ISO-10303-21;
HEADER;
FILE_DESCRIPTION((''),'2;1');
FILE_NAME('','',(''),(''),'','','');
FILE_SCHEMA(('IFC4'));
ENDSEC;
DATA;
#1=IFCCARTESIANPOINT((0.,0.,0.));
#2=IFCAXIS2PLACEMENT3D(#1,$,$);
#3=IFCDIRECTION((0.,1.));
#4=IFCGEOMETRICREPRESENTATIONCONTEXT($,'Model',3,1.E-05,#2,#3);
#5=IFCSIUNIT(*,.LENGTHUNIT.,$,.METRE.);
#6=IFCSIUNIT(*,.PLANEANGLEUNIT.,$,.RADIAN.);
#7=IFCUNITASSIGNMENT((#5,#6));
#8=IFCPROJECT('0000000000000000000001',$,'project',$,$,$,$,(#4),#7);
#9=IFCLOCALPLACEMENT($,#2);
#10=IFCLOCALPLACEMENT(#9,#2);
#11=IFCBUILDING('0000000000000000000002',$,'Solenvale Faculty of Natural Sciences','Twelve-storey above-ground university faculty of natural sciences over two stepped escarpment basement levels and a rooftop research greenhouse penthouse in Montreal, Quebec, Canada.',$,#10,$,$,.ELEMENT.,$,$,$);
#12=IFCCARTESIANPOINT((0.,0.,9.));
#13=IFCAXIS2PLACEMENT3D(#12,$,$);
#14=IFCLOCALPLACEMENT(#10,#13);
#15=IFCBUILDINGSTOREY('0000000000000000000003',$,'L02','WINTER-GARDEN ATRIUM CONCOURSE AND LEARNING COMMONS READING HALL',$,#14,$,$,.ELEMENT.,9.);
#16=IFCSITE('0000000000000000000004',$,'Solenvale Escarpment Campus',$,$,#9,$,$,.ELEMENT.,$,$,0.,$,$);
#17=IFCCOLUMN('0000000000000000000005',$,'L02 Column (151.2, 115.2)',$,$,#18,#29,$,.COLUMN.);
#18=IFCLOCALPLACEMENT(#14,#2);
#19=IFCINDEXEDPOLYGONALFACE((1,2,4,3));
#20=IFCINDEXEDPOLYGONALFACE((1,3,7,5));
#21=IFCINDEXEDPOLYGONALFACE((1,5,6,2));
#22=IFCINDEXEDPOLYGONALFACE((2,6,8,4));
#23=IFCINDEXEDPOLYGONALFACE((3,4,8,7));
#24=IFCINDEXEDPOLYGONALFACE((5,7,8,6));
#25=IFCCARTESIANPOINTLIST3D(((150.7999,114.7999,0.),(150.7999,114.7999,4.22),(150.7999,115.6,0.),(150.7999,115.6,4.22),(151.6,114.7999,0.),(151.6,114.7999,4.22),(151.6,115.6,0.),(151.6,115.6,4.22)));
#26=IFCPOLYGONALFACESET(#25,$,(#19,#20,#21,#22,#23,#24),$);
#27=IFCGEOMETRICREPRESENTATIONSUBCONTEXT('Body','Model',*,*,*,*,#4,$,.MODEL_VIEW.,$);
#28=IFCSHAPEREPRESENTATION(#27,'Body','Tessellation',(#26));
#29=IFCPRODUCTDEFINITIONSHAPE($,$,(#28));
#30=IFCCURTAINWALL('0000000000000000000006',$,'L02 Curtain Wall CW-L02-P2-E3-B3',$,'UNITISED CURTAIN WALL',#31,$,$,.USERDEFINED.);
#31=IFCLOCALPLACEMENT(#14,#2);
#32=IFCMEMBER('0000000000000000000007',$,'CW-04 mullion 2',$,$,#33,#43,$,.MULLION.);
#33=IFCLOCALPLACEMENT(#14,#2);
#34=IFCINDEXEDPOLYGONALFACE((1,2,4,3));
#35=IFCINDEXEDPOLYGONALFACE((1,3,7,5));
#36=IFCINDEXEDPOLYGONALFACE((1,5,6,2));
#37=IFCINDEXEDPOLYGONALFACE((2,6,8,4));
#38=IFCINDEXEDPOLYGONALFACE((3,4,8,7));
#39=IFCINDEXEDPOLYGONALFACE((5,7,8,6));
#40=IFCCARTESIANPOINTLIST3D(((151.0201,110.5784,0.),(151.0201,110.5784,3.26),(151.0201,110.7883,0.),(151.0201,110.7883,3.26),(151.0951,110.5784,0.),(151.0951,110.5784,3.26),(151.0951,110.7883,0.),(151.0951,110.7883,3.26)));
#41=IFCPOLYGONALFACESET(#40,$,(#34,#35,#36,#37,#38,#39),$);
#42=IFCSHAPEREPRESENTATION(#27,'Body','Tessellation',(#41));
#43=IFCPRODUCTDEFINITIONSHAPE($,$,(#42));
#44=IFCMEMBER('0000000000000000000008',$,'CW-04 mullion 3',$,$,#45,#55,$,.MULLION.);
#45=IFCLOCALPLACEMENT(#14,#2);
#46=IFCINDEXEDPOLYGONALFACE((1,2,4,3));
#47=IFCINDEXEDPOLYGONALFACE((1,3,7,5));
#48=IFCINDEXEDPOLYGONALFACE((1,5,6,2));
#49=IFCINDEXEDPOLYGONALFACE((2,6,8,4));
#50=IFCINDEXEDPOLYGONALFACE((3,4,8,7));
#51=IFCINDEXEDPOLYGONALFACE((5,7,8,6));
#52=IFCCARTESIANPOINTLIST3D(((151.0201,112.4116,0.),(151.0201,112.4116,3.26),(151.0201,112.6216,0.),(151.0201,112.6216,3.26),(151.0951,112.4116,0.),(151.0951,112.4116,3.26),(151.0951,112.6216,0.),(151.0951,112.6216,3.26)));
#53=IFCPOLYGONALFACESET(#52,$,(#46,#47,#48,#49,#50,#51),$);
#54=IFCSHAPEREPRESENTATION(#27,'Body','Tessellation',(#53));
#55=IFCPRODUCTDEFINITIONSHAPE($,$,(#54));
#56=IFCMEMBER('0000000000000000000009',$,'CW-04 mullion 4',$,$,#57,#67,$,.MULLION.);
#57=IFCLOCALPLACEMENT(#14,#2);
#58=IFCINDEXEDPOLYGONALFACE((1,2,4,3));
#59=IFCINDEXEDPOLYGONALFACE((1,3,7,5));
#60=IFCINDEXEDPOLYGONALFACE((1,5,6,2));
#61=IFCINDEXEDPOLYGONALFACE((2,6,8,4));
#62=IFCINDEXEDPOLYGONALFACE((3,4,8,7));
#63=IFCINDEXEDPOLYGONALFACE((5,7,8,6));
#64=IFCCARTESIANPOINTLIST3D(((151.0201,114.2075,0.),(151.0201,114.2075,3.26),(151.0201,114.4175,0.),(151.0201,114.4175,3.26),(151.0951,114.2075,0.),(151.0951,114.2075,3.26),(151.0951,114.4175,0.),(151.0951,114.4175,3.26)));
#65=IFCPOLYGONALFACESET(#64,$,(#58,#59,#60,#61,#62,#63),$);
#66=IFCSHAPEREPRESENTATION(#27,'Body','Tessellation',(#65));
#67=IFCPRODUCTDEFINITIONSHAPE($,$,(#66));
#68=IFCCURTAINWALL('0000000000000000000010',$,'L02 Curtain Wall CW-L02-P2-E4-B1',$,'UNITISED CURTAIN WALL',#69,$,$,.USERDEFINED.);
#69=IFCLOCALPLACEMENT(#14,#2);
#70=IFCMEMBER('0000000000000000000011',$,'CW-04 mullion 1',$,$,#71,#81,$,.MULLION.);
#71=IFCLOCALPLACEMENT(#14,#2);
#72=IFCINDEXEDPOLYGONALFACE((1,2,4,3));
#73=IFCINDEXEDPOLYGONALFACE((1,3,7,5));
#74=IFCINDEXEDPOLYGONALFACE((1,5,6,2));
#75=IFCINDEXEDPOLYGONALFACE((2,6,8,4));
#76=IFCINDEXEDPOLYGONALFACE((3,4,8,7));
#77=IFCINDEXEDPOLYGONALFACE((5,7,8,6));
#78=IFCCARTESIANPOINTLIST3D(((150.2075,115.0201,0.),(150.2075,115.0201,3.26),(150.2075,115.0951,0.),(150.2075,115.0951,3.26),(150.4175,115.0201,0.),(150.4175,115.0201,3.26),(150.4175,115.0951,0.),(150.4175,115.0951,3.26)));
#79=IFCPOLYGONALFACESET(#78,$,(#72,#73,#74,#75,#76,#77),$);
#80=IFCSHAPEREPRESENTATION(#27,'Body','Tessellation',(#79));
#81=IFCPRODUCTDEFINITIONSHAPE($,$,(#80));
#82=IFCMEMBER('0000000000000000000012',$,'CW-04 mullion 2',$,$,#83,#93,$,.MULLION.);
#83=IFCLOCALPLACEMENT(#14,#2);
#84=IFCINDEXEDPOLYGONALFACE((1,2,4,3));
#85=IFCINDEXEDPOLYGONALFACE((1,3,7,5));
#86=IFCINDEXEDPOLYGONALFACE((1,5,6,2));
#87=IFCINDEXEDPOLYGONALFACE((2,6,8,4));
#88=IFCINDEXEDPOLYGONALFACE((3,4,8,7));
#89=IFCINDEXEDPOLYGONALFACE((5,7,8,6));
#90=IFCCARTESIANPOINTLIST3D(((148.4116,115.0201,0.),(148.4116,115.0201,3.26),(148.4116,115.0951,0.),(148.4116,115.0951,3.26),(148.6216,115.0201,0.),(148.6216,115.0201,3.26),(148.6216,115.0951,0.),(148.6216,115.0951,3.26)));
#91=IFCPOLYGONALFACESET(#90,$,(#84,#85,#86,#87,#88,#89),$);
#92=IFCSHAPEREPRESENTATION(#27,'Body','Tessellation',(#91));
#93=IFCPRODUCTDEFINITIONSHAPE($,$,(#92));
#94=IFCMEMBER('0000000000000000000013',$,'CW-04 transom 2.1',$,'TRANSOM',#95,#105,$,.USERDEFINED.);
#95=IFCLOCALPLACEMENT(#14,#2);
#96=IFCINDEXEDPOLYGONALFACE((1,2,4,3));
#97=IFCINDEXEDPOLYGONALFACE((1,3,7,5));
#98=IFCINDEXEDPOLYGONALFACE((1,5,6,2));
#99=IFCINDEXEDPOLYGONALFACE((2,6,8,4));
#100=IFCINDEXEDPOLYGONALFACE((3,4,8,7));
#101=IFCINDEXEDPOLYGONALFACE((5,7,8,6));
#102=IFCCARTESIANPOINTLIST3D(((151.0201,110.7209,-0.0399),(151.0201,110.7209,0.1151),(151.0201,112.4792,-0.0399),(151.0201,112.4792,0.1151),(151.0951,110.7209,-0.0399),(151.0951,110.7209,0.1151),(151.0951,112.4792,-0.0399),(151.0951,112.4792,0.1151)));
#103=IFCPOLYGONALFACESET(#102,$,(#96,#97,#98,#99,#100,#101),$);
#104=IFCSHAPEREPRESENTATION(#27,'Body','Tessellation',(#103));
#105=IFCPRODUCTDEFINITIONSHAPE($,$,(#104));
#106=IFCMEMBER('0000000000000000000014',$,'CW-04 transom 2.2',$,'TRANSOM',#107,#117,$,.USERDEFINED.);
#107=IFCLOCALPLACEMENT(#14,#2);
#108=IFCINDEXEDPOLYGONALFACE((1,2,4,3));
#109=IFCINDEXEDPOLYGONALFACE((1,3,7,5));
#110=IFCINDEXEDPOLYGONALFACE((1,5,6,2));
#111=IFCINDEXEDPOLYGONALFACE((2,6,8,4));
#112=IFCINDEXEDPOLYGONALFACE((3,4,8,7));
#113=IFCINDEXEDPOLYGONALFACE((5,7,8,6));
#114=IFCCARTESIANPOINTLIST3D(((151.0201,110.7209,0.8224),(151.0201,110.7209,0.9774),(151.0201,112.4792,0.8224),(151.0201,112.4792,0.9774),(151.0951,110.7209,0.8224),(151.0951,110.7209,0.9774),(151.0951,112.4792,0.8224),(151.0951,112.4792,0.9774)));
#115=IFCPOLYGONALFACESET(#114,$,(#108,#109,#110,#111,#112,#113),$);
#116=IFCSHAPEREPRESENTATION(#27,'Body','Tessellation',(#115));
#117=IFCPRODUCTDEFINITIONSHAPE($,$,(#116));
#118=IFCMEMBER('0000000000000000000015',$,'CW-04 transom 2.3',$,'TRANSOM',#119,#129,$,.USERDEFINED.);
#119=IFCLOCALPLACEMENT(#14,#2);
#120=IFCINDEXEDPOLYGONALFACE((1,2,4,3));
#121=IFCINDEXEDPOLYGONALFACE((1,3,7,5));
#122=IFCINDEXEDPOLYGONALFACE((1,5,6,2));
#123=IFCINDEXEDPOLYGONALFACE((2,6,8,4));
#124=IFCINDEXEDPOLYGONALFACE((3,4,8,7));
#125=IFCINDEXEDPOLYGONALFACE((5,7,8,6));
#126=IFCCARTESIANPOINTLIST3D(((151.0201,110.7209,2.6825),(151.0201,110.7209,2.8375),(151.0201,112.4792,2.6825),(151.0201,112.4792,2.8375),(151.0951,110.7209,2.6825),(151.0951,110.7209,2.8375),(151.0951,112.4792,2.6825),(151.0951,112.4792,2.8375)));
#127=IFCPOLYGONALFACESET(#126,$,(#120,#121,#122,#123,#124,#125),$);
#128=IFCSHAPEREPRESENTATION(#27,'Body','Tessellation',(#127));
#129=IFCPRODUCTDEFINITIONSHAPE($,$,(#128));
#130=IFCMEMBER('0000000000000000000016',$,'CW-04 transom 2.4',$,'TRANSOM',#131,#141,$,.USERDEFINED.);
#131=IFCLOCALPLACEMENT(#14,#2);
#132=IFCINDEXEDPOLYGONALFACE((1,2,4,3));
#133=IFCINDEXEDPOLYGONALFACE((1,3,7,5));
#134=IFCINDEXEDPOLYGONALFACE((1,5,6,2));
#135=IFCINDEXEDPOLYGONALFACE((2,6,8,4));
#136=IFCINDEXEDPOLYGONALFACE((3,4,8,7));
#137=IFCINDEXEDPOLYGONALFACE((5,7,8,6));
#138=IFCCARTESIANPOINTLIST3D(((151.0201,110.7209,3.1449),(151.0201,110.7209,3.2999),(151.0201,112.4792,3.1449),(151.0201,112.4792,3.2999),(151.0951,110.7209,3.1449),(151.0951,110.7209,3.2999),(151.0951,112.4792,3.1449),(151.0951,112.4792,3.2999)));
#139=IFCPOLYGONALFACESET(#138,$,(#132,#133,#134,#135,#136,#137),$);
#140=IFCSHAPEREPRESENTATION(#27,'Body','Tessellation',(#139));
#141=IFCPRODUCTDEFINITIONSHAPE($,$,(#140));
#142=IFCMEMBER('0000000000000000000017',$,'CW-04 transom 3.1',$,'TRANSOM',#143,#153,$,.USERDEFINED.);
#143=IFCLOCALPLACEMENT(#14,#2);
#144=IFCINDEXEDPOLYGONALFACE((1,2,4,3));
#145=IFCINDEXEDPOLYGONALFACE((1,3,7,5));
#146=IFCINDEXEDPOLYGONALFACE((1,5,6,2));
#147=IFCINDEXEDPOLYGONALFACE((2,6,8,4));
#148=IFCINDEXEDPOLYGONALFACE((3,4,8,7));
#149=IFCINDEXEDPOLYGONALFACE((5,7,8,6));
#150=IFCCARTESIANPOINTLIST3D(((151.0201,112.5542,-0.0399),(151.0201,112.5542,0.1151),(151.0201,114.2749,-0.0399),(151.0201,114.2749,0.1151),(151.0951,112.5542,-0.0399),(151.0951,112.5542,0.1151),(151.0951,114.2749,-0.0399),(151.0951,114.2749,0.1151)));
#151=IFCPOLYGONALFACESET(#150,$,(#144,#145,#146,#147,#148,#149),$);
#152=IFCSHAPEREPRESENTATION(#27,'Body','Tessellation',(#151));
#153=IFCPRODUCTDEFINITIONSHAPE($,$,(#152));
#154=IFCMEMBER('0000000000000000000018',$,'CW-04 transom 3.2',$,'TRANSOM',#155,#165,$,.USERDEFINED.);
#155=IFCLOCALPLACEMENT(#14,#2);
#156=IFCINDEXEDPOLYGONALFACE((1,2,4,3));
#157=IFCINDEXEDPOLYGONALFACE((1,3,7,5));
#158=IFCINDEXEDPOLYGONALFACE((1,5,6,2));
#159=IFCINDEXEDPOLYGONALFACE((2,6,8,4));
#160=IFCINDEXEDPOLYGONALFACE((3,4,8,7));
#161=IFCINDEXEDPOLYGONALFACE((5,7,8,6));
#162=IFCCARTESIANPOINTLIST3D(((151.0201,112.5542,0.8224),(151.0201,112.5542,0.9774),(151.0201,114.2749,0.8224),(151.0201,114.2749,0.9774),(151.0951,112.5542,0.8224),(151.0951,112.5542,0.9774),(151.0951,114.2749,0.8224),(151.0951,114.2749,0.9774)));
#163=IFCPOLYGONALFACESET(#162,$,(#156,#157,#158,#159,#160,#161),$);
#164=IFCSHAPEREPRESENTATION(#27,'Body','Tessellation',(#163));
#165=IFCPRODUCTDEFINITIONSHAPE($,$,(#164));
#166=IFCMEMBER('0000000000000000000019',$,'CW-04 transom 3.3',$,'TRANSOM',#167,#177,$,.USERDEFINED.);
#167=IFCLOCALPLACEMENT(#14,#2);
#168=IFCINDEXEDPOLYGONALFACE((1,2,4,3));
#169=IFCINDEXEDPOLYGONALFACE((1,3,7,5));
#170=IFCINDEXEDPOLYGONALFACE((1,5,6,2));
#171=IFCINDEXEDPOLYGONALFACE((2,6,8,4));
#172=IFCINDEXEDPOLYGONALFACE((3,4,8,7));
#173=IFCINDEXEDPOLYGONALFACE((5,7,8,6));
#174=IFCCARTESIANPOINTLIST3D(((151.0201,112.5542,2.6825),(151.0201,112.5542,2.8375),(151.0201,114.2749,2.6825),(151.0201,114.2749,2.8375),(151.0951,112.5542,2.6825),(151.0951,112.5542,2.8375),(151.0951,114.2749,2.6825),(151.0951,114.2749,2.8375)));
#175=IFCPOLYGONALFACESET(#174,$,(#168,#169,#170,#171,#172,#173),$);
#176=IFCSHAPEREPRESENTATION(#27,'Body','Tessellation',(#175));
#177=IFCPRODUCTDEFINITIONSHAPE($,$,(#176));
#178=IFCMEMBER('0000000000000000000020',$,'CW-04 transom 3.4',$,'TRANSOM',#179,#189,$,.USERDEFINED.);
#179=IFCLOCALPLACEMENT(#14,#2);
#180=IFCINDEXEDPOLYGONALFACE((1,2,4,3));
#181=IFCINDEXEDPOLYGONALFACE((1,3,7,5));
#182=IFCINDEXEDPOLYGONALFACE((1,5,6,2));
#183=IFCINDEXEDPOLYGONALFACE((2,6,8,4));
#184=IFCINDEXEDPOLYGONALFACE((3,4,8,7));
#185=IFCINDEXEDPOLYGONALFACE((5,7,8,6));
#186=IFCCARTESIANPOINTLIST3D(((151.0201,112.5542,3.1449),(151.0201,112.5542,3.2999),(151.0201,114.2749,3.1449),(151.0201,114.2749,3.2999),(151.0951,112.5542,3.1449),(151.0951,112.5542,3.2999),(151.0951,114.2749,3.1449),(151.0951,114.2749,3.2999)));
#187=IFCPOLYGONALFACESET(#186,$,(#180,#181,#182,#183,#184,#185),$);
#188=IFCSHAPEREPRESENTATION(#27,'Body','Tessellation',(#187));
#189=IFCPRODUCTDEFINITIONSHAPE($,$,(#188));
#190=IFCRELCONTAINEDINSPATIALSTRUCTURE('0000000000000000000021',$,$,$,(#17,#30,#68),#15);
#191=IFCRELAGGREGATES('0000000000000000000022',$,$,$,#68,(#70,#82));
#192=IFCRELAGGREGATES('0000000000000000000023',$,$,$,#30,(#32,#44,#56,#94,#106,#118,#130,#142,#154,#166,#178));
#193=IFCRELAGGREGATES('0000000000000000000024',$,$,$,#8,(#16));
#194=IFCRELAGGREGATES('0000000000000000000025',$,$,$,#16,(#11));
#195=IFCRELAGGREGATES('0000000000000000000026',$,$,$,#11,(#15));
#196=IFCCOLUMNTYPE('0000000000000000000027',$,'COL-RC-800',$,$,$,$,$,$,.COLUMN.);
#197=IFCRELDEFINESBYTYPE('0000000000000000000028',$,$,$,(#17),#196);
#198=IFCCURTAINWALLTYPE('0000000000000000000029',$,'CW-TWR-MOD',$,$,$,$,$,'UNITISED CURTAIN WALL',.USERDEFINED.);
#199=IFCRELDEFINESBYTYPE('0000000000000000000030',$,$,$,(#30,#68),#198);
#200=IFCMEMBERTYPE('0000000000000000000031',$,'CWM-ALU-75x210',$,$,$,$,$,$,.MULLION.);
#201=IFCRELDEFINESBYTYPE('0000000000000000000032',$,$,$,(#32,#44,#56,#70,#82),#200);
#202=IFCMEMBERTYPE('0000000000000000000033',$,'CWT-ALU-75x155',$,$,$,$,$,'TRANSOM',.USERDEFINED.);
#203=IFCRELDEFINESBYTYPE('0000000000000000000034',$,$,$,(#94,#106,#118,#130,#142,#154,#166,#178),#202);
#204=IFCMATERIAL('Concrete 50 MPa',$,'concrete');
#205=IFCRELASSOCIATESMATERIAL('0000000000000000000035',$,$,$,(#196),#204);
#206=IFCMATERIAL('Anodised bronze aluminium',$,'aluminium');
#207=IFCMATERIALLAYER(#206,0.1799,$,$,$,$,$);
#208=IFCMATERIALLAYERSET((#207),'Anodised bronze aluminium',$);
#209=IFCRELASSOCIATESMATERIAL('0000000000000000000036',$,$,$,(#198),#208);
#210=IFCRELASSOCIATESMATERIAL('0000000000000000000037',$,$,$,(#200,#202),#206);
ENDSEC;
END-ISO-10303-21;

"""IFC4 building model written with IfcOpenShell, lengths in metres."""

from ifc_helpers import new_model, si_unit, direction, frame, origin, origin_2d, place, context, subcontext, project, spatial, rectangle, extrude, material, layer, layer_set, material_profile, profile_set, type_object, element, aggregate, save


model = new_model("IFC4")

# Units and contexts
model_context = context("Model", 3, precision=1e-05, world=origin(), true_north=direction((0.0, 1.0)))
body_context = subcontext(model_context, "Body", "Model", "MODEL_VIEW")
ifc_project = project(units=[si_unit("LENGTHUNIT", "METRE"), si_unit("PLANEANGLEUNIT", "RADIAN")], contexts=[model_context])

# Site, building, storey
site_placement = place(None, origin())
site = spatial("IfcSite", under=ifc_project, at=site_placement, Name="Solenvale Escarpment Campus", CompositionType="ELEMENT", RefElevation=0.0)
building_placement = place(site_placement, origin())
building = spatial("IfcBuilding", under=site, at=building_placement, Name="Solenvale Faculty of Natural Sciences", Description="Twelve-storey above-ground university faculty of natural sciences over two stepped escarpment basement levels and a rooftop research greenhouse penthouse in Montreal, Quebec, Canada.", CompositionType="ELEMENT")
storey_placement = place(building_placement, frame((0.0, 0.0, 9.0)))
storey = spatial("IfcBuildingStorey", under=building, at=storey_placement, Name="L02", Description="WINTER-GARDEN ATRIUM CONCOURSE AND LEARNING COMMONS READING HALL", CompositionType="ELEMENT", Elevation=9.0)

# Column
ifc_material_1 = material(Name="Concrete 50 MPa", Category="concrete")
ifc_material_profile_1 = material_profile(ifc_material_1, rectangle(XDim=0.8, YDim=0.8, at=origin_2d()), Name="RC-COL-800x800")
ifc_profile_set_1 = profile_set([ifc_material_profile_1], Name="Concrete 50 MPa")
column_type = type_object("IfcColumnType", Name="COL-RC-800", PredefinedType="COLUMN", material=ifc_profile_set_1)
column_placement = place(storey_placement, frame((151.2, 115.2, 0.0), z_axis=(0.0, 0.0, 1.0), x_axis=(1.0, 0.0, 0.0)))
element("IfcColumn", 1, at=column_placement, inside=storey, type_object=column_type, Name="L02 Column (151.2, 115.2)", PredefinedType="COLUMN", context=body_context, shape_type="SweptSolid", body=[
    extrude(rectangle(XDim=0.8, YDim=0.8, at=origin_2d()), origin(), (0.0, 0.0, 1.0), 4.22),
])

# Curtain walls, members
ifc_material_2 = material(Name="Anodised bronze aluminium", Category="aluminium")
ifc_layer_1 = layer(ifc_material_2, 0.1799)
ifc_layer_set_1 = layer_set([ifc_layer_1], Name="Anodised bronze aluminium")
curtain_wall_type = type_object("IfcCurtainWallType", Name="CW-TWR-MOD", ElementType="UNITISED CURTAIN WALL", PredefinedType="USERDEFINED", material=ifc_layer_set_1)
curtain_wall_1_placement = place(storey_placement, origin())
curtain_wall_1 = element("IfcCurtainWall", 2, at=curtain_wall_1_placement, inside=storey, type_object=curtain_wall_type, Name="L02 Curtain Wall CW-L02-P2-E3-B3", ObjectType="UNITISED CURTAIN WALL", PredefinedType="USERDEFINED")
ifc_material_profile_2 = material_profile(ifc_material_2, rectangle(XDim=0.075, YDim=0.21, at=origin_2d()), Name="ALU-MUL-75x210")
ifc_profile_set_2 = profile_set([ifc_material_profile_2], Name="Anodised bronze aluminium")
member_type_1 = type_object("IfcMemberType", Name="CWM-ALU-75x210", PredefinedType="MULLION", material=ifc_profile_set_2)
member_1_placement = place(storey_placement, frame((151.0576, 110.6833, 0.0), z_axis=(0.0, 0.0, 1.0), x_axis=(-1.0, 0.0, 0.0)))
member_1 = element("IfcMember", 3, at=member_1_placement, type_object=member_type_1, Name="CW-04 mullion 2", PredefinedType="MULLION", context=body_context, shape_type="SweptSolid", body=[
    extrude(rectangle(XDim=0.075, YDim=0.21, at=origin_2d()), origin(), (0.0, 0.0, 1.0), 3.26),
])
member_2_placement = place(storey_placement, frame((151.0576, 112.5166, 0.0), z_axis=(0.0, 0.0, 1.0), x_axis=(-1.0, 0.0, 0.0)))
member_2 = element("IfcMember", 4, at=member_2_placement, type_object=member_type_1, Name="CW-04 mullion 3", PredefinedType="MULLION", context=body_context, shape_type="SweptSolid", body=[
    extrude(rectangle(XDim=0.075, YDim=0.21, at=origin_2d()), origin(), (0.0, 0.0, 1.0), 3.26),
])
member_3_placement = place(storey_placement, frame((151.0576, 114.3125, 0.0), z_axis=(0.0, 0.0, 1.0), x_axis=(-1.0, 0.0, 0.0)))
member_3 = element("IfcMember", 5, at=member_3_placement, type_object=member_type_1, Name="CW-04 mullion 4", PredefinedType="MULLION", context=body_context, shape_type="SweptSolid", body=[
    extrude(rectangle(XDim=0.075, YDim=0.21, at=origin_2d()), origin(), (0.0, 0.0, 1.0), 3.26),
])
curtain_wall_2_placement = place(storey_placement, origin())
curtain_wall_2 = element("IfcCurtainWall", 6, at=curtain_wall_2_placement, inside=storey, type_object=curtain_wall_type, Name="L02 Curtain Wall CW-L02-P2-E4-B1", ObjectType="UNITISED CURTAIN WALL", PredefinedType="USERDEFINED")
member_4_placement = place(storey_placement, frame((150.3125, 115.0576, 0.0), z_axis=(0.0, 0.0, 1.0), x_axis=(0.0, -1.0, 0.0)))
member_4 = element("IfcMember", 7, at=member_4_placement, type_object=member_type_1, Name="CW-04 mullion 1", PredefinedType="MULLION", context=body_context, shape_type="SweptSolid", body=[
    extrude(rectangle(XDim=0.075, YDim=0.21, at=origin_2d()), origin(), (0.0, 0.0, 1.0), 3.26),
])
member_5_placement = place(storey_placement, frame((148.5166, 115.0576, 0.0), z_axis=(0.0, 0.0, 1.0), x_axis=(0.0, -1.0, 0.0)))
member_5 = element("IfcMember", 8, at=member_5_placement, type_object=member_type_1, Name="CW-04 mullion 2", PredefinedType="MULLION", context=body_context, shape_type="SweptSolid", body=[
    extrude(rectangle(XDim=0.075, YDim=0.21, at=origin_2d()), origin(), (0.0, 0.0, 1.0), 3.26),
])

# Members
ifc_material_profile_3 = material_profile(ifc_material_2, rectangle(XDim=0.075, YDim=0.155, at=origin_2d()), Name="ALU-TRN-75x155")
ifc_profile_set_3 = profile_set([ifc_material_profile_3], Name="Anodised bronze aluminium")
member_type_2 = type_object("IfcMemberType", Name="CWT-ALU-75x155", ElementType="TRANSOM", PredefinedType="USERDEFINED", material=ifc_profile_set_3)
member_6_placement = place(storey_placement, frame((151.0576, 110.7209, 0.0376), z_axis=(0.0, 1.0, 0.0), x_axis=(-1.0, 0.0, 0.0)))
member_6 = element("IfcMember", 9, at=member_6_placement, type_object=member_type_2, Name="CW-04 transom 2.1", ObjectType="TRANSOM", PredefinedType="USERDEFINED", context=body_context, shape_type="SweptSolid", body=[
    extrude(rectangle(XDim=0.075, YDim=0.155, at=origin_2d()), origin(), (0.0, 0.0, 1.0), 1.7583),
])
member_7_placement = place(storey_placement, frame((151.0576, 110.7209, 0.8999), z_axis=(0.0, 1.0, 0.0), x_axis=(-1.0, 0.0, 0.0)))
member_7 = element("IfcMember", 10, at=member_7_placement, type_object=member_type_2, Name="CW-04 transom 2.2", ObjectType="TRANSOM", PredefinedType="USERDEFINED", context=body_context, shape_type="SweptSolid", body=[
    extrude(rectangle(XDim=0.075, YDim=0.155, at=origin_2d()), origin(), (0.0, 0.0, 1.0), 1.7583),
])
member_8_placement = place(storey_placement, frame((151.0576, 110.7209, 2.76), z_axis=(0.0, 1.0, 0.0), x_axis=(-1.0, 0.0, 0.0)))
member_8 = element("IfcMember", 11, at=member_8_placement, type_object=member_type_2, Name="CW-04 transom 2.3", ObjectType="TRANSOM", PredefinedType="USERDEFINED", context=body_context, shape_type="SweptSolid", body=[
    extrude(rectangle(XDim=0.075, YDim=0.155, at=origin_2d()), origin(), (0.0, 0.0, 1.0), 1.7583),
])
member_9_placement = place(storey_placement, frame((151.0576, 110.7209, 3.2224), z_axis=(0.0, 1.0, 0.0), x_axis=(-1.0, 0.0, 0.0)))
member_9 = element("IfcMember", 12, at=member_9_placement, type_object=member_type_2, Name="CW-04 transom 2.4", ObjectType="TRANSOM", PredefinedType="USERDEFINED", context=body_context, shape_type="SweptSolid", body=[
    extrude(rectangle(XDim=0.075, YDim=0.155, at=origin_2d()), origin(), (0.0, 0.0, 1.0), 1.7583),
])
member_10_placement = place(storey_placement, frame((151.0576, 112.5542, 0.0376), z_axis=(0.0, 1.0, 0.0), x_axis=(-1.0, 0.0, 0.0)))
member_10 = element("IfcMember", 13, at=member_10_placement, type_object=member_type_2, Name="CW-04 transom 3.1", ObjectType="TRANSOM", PredefinedType="USERDEFINED", context=body_context, shape_type="SweptSolid", body=[
    extrude(rectangle(XDim=0.075, YDim=0.155, at=origin_2d()), origin(), (0.0, 0.0, 1.0), 1.7207),
])
member_11_placement = place(storey_placement, frame((151.0576, 112.5542, 0.8999), z_axis=(0.0, 1.0, 0.0), x_axis=(-1.0, 0.0, 0.0)))
member_11 = element("IfcMember", 14, at=member_11_placement, type_object=member_type_2, Name="CW-04 transom 3.2", ObjectType="TRANSOM", PredefinedType="USERDEFINED", context=body_context, shape_type="SweptSolid", body=[
    extrude(rectangle(XDim=0.075, YDim=0.155, at=origin_2d()), origin(), (0.0, 0.0, 1.0), 1.7207),
])
member_12_placement = place(storey_placement, frame((151.0576, 112.5542, 2.76), z_axis=(0.0, 1.0, 0.0), x_axis=(-1.0, 0.0, 0.0)))
member_12 = element("IfcMember", 15, at=member_12_placement, type_object=member_type_2, Name="CW-04 transom 3.3", ObjectType="TRANSOM", PredefinedType="USERDEFINED", context=body_context, shape_type="SweptSolid", body=[
    extrude(rectangle(XDim=0.075, YDim=0.155, at=origin_2d()), origin(), (0.0, 0.0, 1.0), 1.7207),
])
member_13_placement = place(storey_placement, frame((151.0576, 112.5542, 3.2224), z_axis=(0.0, 1.0, 0.0), x_axis=(-1.0, 0.0, 0.0)))
member_13 = element("IfcMember", 16, at=member_13_placement, type_object=member_type_2, Name="CW-04 transom 3.4", ObjectType="TRANSOM", PredefinedType="USERDEFINED", context=body_context, shape_type="SweptSolid", body=[
    extrude(rectangle(XDim=0.075, YDim=0.155, at=origin_2d()), origin(), (0.0, 0.0, 1.0), 1.7207),
])

aggregate(curtain_wall_2, [member_4, member_5])
aggregate(curtain_wall_1, [member_1, member_2, member_3, member_6, member_7, member_8, member_9, member_10, member_11, member_12, member_13])

save(model, "model.ifc")
